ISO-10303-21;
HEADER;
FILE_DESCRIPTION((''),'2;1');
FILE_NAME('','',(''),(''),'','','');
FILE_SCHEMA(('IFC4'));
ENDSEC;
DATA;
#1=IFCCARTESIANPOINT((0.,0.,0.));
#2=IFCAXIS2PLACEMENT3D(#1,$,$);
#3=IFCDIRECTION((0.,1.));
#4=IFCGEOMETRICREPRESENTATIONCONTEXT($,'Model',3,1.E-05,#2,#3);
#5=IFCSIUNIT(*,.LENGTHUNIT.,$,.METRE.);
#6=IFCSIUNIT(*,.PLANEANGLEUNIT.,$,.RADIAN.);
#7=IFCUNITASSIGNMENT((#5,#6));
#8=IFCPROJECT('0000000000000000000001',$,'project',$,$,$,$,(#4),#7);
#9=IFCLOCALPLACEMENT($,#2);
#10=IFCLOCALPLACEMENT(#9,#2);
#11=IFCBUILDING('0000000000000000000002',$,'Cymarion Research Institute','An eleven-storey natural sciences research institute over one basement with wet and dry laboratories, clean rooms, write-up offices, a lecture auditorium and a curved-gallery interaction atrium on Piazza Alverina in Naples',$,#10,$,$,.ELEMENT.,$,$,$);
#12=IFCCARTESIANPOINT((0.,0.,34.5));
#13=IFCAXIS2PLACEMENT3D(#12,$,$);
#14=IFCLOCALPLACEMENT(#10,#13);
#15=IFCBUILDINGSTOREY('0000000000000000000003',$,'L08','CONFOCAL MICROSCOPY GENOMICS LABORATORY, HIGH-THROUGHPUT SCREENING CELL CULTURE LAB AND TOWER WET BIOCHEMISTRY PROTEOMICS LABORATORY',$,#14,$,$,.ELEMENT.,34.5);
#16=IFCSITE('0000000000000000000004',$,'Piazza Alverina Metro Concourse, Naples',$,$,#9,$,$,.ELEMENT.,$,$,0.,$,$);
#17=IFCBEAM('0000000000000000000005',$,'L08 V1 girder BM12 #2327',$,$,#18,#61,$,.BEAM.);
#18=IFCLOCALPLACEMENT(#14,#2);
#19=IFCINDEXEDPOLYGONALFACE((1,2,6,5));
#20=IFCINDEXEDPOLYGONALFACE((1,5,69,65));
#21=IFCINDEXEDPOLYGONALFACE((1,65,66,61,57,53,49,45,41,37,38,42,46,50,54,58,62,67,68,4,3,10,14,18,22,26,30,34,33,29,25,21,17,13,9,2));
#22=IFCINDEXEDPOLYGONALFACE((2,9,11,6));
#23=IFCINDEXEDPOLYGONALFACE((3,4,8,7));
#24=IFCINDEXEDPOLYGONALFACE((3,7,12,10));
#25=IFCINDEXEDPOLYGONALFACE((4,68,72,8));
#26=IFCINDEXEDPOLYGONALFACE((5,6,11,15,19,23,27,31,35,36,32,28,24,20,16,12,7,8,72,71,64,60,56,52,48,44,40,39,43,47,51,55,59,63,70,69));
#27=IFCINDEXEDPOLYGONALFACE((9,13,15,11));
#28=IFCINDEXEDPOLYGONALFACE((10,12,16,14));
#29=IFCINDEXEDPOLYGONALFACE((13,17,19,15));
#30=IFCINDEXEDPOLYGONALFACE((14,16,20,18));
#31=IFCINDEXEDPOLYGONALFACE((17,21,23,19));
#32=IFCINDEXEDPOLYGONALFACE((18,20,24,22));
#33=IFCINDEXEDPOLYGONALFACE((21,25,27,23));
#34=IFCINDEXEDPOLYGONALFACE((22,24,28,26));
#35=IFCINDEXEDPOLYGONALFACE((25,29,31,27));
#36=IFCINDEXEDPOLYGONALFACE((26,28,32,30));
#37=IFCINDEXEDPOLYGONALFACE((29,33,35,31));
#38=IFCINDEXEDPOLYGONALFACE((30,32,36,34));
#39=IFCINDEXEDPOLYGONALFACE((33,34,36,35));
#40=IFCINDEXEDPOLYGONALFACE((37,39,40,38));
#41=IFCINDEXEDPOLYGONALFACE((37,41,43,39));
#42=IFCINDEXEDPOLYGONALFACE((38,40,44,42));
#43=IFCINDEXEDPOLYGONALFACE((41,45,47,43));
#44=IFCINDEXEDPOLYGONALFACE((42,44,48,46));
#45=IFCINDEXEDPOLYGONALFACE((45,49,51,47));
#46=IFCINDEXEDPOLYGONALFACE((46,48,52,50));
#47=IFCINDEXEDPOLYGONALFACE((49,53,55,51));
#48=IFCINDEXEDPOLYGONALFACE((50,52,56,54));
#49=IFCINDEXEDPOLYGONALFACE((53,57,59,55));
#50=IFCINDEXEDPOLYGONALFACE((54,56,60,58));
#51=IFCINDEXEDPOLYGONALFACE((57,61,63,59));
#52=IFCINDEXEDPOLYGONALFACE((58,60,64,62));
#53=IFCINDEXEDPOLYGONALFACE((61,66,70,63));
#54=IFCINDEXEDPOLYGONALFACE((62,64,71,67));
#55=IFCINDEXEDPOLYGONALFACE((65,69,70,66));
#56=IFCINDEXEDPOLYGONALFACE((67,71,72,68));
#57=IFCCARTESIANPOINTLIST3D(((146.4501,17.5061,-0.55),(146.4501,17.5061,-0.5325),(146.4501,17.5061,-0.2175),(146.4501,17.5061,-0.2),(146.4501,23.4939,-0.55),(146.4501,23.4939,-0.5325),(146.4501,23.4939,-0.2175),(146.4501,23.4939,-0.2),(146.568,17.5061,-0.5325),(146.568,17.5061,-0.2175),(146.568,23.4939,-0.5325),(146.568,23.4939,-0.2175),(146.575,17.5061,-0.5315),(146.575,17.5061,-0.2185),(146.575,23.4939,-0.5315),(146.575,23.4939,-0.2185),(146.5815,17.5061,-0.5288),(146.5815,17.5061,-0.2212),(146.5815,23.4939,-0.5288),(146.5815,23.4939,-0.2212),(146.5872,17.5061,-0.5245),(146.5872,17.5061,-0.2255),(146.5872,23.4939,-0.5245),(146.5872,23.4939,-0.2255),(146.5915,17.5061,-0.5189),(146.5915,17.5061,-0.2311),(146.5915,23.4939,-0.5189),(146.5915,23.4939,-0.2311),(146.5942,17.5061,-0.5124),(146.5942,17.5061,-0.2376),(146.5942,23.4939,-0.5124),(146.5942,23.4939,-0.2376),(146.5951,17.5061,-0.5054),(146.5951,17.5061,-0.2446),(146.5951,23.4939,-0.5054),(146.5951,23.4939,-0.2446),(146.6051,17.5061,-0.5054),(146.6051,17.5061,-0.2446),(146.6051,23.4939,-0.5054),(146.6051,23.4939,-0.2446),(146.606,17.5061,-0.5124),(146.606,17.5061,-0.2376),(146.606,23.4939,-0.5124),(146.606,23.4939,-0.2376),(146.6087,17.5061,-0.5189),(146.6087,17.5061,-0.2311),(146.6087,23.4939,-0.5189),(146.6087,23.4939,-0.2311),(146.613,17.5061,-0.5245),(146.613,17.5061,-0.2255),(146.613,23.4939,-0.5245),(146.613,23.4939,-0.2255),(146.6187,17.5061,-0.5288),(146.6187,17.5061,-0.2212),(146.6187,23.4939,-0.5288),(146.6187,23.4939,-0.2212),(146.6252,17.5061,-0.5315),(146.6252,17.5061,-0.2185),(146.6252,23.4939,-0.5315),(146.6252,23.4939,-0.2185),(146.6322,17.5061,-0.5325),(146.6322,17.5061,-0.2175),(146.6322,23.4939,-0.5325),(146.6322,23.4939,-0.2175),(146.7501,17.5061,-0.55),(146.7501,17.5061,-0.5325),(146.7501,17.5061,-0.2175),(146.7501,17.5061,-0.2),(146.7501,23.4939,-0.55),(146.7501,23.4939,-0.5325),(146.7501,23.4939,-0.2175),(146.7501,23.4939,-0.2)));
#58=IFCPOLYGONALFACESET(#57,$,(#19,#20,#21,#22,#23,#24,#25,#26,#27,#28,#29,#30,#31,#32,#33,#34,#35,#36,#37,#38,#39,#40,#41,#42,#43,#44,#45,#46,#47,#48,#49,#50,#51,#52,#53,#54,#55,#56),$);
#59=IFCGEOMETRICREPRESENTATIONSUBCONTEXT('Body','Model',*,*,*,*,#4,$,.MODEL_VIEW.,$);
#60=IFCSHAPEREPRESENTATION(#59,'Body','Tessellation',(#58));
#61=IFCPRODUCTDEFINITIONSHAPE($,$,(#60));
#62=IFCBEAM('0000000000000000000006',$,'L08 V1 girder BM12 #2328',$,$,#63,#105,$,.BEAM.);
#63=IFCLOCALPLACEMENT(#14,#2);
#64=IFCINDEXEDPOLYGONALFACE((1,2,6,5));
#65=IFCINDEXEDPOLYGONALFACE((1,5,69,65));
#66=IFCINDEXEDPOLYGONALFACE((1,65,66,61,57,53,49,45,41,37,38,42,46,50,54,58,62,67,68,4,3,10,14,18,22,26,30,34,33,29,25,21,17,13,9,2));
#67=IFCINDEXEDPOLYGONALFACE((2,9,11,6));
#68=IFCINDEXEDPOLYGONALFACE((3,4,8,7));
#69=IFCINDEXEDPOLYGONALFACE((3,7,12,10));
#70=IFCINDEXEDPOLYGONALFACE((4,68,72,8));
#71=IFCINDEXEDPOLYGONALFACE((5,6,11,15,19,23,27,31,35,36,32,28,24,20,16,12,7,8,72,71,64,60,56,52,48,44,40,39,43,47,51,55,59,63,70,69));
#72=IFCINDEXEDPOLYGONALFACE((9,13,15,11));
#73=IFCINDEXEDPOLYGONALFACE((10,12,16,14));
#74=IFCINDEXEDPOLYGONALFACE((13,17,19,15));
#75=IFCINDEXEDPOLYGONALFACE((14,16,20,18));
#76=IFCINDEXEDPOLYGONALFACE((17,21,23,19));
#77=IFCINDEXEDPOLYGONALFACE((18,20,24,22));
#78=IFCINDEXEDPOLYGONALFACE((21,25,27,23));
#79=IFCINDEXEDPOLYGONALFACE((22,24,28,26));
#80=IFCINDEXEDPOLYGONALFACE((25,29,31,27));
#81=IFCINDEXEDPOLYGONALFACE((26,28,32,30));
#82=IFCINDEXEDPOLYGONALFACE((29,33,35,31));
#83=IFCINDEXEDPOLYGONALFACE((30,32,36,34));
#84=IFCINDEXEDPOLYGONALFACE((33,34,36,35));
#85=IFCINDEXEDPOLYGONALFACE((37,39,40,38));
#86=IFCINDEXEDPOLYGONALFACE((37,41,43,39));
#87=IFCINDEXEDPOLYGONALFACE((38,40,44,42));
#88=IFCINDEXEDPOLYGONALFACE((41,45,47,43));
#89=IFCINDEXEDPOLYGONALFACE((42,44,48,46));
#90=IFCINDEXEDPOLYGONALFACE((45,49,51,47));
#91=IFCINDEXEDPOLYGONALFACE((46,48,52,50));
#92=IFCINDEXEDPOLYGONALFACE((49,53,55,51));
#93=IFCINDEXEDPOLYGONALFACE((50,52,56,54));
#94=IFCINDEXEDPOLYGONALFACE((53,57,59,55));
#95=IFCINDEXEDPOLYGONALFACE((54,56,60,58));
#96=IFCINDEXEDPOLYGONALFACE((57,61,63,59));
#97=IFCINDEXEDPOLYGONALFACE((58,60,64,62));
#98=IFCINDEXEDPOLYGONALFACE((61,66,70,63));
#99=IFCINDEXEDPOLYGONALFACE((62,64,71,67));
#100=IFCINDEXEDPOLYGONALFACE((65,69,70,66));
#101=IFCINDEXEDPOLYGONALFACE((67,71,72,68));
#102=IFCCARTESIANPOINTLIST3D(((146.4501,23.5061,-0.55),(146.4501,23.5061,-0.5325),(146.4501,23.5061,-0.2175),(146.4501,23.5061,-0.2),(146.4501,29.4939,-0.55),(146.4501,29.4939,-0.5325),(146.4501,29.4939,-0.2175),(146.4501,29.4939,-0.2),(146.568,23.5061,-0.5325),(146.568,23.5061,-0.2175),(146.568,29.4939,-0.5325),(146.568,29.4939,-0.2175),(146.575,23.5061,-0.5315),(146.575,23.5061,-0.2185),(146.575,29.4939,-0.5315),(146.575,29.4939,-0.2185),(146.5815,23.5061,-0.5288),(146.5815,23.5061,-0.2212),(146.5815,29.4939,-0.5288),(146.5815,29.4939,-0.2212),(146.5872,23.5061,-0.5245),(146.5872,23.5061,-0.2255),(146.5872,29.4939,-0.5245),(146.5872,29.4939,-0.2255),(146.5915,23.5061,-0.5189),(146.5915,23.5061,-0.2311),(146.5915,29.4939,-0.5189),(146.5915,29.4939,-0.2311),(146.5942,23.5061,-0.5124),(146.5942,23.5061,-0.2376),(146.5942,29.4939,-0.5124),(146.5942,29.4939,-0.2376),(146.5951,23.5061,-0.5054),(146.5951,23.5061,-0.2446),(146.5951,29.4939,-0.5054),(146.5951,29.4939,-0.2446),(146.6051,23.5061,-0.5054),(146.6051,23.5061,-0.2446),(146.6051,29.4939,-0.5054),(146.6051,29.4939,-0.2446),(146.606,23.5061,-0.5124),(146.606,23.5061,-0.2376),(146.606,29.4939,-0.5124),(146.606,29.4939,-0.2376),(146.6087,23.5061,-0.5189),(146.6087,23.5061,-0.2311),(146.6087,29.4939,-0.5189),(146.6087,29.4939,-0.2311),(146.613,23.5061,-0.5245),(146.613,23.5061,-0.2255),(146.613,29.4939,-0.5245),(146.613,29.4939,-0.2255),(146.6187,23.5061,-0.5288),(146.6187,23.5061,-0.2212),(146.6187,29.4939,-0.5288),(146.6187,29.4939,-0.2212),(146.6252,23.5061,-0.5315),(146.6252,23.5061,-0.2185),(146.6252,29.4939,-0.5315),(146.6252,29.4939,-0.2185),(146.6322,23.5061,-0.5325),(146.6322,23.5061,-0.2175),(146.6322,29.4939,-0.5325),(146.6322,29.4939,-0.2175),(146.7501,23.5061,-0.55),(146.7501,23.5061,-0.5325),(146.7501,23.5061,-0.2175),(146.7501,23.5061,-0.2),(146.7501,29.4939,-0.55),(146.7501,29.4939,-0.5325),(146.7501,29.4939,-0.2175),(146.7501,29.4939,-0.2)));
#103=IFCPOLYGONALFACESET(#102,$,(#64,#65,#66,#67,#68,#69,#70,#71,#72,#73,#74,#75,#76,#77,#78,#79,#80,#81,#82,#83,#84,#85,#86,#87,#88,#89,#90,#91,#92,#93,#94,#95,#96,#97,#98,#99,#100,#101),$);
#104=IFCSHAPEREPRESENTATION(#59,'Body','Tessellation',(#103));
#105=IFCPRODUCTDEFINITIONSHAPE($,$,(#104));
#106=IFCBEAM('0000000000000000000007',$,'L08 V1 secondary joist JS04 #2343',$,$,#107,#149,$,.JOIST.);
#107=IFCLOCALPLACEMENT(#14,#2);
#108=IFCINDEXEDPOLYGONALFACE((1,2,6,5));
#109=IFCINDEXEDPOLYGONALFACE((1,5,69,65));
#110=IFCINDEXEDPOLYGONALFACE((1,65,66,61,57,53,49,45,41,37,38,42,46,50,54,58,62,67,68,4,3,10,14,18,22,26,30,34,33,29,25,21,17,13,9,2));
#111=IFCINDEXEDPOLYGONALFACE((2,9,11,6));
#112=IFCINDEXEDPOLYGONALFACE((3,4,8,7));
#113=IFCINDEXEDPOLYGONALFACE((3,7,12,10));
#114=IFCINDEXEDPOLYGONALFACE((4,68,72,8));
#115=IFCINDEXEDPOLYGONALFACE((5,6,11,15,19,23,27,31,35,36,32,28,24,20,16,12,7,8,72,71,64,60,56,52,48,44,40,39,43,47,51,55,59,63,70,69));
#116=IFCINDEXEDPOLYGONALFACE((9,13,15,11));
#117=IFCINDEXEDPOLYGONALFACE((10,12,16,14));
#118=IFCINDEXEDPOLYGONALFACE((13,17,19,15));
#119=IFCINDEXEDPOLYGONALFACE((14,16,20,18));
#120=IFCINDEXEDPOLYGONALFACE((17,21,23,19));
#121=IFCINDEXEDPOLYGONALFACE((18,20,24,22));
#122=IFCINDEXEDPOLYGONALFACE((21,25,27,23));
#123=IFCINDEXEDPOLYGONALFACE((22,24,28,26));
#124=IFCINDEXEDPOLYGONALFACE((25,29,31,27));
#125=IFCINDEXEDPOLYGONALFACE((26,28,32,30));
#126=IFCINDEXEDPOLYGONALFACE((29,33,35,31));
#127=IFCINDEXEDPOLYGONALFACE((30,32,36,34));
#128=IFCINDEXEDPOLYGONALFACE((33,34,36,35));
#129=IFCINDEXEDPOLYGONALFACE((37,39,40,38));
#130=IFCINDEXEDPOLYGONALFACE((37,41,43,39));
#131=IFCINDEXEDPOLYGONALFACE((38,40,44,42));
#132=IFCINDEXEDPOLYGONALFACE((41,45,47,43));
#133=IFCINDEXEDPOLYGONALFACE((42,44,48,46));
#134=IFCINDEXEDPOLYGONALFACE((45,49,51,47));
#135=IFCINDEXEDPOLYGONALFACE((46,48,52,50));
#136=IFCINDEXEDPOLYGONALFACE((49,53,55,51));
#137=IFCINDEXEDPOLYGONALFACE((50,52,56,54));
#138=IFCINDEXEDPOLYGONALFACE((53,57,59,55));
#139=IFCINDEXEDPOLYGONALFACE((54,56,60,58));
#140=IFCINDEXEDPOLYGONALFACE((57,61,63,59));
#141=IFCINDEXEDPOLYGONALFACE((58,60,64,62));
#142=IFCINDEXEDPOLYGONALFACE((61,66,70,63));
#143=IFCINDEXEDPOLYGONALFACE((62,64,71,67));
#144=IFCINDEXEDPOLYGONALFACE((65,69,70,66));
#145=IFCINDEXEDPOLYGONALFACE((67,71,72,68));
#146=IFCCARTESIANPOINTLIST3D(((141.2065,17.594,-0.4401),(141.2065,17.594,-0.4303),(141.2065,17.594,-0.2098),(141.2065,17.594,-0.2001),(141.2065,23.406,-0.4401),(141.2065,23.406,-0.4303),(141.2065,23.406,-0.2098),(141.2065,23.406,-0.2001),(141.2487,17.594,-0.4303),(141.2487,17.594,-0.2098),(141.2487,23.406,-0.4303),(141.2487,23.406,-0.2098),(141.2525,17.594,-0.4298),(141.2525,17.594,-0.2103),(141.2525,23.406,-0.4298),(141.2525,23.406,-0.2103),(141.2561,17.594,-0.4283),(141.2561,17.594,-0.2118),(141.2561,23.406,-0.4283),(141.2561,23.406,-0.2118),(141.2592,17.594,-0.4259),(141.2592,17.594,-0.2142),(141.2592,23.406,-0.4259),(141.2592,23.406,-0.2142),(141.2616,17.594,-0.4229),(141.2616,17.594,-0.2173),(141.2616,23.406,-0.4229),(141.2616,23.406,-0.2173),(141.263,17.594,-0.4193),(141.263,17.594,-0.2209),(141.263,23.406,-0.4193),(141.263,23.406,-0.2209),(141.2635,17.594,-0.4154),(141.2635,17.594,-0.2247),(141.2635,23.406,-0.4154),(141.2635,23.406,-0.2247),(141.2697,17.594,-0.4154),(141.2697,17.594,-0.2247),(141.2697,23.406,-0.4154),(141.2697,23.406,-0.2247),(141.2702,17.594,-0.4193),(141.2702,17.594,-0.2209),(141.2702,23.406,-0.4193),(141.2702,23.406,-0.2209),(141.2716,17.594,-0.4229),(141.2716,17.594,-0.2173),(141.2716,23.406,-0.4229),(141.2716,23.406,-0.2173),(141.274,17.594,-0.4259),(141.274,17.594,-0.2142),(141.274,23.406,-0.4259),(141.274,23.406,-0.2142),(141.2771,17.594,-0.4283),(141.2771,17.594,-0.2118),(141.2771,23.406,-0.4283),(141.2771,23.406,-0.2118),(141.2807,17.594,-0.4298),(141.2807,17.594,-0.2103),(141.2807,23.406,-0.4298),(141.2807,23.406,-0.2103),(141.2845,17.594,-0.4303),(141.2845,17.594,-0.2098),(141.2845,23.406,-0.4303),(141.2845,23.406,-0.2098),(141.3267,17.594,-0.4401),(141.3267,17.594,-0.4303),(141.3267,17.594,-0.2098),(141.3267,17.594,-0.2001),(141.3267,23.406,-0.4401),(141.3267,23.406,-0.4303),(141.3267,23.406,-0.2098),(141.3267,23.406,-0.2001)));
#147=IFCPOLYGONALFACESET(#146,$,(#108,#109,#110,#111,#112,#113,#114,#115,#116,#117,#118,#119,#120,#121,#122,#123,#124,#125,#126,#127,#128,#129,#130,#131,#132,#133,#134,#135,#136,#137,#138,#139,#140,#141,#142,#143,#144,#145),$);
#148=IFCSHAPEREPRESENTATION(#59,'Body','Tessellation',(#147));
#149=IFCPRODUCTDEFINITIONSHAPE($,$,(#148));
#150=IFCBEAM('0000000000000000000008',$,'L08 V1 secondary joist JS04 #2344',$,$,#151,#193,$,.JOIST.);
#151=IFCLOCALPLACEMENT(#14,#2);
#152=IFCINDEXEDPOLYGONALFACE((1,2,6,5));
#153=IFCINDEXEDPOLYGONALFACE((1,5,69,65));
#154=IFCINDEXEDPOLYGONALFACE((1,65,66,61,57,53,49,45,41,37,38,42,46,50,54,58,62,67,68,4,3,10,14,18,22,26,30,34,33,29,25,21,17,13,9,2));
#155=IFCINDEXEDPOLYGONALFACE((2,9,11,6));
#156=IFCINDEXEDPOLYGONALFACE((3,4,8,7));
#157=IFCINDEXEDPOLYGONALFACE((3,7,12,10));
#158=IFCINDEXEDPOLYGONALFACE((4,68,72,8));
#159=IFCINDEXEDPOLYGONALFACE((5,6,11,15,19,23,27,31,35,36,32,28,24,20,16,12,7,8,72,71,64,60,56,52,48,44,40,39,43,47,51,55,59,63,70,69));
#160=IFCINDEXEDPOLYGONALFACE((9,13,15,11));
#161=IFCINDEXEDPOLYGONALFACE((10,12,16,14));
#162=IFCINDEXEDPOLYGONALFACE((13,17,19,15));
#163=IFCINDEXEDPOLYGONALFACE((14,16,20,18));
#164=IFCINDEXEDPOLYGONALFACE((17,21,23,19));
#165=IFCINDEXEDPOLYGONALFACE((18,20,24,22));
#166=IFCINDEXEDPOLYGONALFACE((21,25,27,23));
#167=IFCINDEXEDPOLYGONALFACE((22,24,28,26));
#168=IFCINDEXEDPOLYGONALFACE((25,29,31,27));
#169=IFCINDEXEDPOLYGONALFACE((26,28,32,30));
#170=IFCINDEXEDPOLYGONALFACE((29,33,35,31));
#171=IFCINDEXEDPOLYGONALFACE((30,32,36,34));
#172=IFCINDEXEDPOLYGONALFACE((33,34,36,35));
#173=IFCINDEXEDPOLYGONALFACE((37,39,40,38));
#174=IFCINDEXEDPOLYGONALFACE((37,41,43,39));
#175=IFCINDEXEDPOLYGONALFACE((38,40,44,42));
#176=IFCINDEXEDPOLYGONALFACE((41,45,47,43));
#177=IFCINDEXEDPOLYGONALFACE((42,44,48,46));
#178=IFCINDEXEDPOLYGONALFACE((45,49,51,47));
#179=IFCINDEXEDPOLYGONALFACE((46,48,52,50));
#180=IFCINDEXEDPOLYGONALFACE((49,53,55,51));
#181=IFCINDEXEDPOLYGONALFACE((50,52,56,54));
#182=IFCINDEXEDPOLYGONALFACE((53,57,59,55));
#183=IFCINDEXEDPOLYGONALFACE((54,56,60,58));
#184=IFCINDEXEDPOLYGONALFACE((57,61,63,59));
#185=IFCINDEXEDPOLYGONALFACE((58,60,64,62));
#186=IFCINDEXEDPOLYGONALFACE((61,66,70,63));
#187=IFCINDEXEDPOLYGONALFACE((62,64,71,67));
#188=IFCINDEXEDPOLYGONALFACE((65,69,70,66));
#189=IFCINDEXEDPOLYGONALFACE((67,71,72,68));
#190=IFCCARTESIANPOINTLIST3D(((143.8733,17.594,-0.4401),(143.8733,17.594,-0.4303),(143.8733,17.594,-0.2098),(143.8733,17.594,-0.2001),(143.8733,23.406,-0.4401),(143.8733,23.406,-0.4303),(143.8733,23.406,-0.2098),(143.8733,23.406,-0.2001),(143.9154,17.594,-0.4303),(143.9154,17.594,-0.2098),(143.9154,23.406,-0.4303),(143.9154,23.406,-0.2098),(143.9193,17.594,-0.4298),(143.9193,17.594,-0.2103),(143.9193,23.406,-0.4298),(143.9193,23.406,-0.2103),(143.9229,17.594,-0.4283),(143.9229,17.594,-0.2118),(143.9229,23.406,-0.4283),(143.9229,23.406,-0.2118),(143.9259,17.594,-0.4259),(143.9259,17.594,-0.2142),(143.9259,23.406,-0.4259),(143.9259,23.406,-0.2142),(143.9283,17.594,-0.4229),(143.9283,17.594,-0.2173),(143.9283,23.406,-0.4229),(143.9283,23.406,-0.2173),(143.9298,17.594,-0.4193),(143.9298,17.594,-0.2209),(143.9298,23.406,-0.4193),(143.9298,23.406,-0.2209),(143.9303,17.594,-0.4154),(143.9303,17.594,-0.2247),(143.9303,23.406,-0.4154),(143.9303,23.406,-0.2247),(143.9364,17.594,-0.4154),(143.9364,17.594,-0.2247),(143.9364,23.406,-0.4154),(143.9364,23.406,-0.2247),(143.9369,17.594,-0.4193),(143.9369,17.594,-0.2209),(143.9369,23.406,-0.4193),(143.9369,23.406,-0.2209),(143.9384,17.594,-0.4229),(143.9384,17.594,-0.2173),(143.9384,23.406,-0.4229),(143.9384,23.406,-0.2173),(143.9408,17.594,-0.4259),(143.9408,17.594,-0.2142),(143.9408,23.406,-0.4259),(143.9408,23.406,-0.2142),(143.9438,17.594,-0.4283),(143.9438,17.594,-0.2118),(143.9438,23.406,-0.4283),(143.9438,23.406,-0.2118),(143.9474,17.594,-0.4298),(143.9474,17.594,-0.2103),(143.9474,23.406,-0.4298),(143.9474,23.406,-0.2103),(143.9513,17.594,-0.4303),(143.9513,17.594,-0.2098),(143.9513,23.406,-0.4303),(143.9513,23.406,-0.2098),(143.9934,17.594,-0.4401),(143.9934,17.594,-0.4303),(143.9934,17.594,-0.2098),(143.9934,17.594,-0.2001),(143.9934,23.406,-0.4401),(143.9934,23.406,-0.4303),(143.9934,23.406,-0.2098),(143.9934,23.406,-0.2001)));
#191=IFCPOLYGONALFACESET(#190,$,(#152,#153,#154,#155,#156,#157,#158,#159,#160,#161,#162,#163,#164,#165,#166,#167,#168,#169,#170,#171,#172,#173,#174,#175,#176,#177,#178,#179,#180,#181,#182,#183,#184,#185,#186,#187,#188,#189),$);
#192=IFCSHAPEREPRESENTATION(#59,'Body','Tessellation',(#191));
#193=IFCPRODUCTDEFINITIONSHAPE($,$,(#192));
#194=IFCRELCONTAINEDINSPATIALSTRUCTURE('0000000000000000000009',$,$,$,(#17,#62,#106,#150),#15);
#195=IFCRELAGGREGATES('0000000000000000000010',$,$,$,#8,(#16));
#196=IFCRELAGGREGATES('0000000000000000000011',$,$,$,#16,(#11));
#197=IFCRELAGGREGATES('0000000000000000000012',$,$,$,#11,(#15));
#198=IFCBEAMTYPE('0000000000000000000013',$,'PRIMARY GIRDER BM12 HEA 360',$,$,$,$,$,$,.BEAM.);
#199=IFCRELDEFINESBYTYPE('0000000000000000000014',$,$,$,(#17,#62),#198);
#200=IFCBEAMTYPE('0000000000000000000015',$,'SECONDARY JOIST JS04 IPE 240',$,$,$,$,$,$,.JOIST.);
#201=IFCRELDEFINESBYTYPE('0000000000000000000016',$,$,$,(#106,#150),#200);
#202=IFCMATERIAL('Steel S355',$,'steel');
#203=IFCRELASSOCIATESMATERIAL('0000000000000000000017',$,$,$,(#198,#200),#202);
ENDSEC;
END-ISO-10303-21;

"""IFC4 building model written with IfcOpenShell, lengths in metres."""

from ifc_helpers import new_model, si_unit, direction, frame, origin, origin_2d, place, context, subcontext, project, spatial, i_section, extrude, material, material_profile, profile_set, type_object, element, save


model = new_model("IFC4")

# Units and contexts
model_context = context("Model", 3, precision=1e-05, world=origin(), true_north=direction((0.0, 1.0)))
body_context = subcontext(model_context, "Body", "Model", "MODEL_VIEW")
ifc_project = project(units=[si_unit("LENGTHUNIT", "METRE"), si_unit("PLANEANGLEUNIT", "RADIAN")], contexts=[model_context])

# Site, building, storey
site_placement = place(None, origin())
site = spatial("IfcSite", under=ifc_project, at=site_placement, Name="Piazza Alverina Metro Concourse, Naples", CompositionType="ELEMENT", RefElevation=0.0)
building_placement = place(site_placement, origin())
building = spatial("IfcBuilding", under=site, at=building_placement, Name="Cymarion Research Institute", Description="An eleven-storey natural sciences research institute over one basement with wet and dry laboratories, clean rooms, write-up offices, a lecture auditorium and a curved-gallery interaction atrium on Piazza Alverina in Naples", CompositionType="ELEMENT")
storey_placement = place(building_placement, frame((0.0, 0.0, 34.5)))
storey = spatial("IfcBuildingStorey", under=building, at=storey_placement, Name="L08", Description="CONFOCAL MICROSCOPY GENOMICS LABORATORY, HIGH-THROUGHPUT SCREENING CELL CULTURE LAB AND TOWER WET BIOCHEMISTRY PROTEOMICS LABORATORY", CompositionType="ELEMENT", Elevation=34.5)

# Shared definitions
ifc_material_1 = material(Name="Steel S355", Category="steel")

# Beams
ifc_material_profile_1 = material_profile(ifc_material_1, i_section(OverallWidth=0.3, OverallDepth=0.3501, WebThickness=0.01, FlangeThickness=0.0176, FilletRadius=0.0271, at=origin_2d()), Name="HEA 360")
ifc_profile_set_1 = profile_set([ifc_material_profile_1], Name="Steel S355")
beam_type_1 = type_object("IfcBeamType", Name="PRIMARY GIRDER BM12 HEA 360", PredefinedType="BEAM", material=ifc_profile_set_1)
for number, where, z_axis, x_axis, name in (
    (1, (146.6001, 17.5061, -0.375), (0.0, 1.0, 0.0), (-1.0, 0.0, 0.0), "L08 V1 girder BM12 #2327"),
    (2, (146.6001, 23.5061, -0.375), (0.0, 1.0, 0.0), (-1.0, 0.0, 0.0), "L08 V1 girder BM12 #2328"),
):
    element("IfcBeam", number, at=place(storey_placement, frame(where, z_axis=z_axis, x_axis=x_axis)), inside=storey, type_object=beam_type_1, Name=name, PredefinedType="BEAM", context=body_context, shape_type="SweptSolid", body=[
        extrude(i_section(OverallWidth=0.3, OverallDepth=0.3501, WebThickness=0.01, FlangeThickness=0.0176, FilletRadius=0.0271, at=origin_2d()), origin(), (0.0, 0.0, 1.0), 5.9878),
    ])
ifc_material_profile_2 = material_profile(ifc_material_1, i_section(OverallWidth=0.1201, OverallDepth=0.24, WebThickness=0.0061, FlangeThickness=0.0098, FilletRadius=0.0149, at=origin_2d()), Name="IPE 240")
ifc_profile_set_2 = profile_set([ifc_material_profile_2], Name="Steel S355")
beam_type_2 = type_object("IfcBeamType", Name="SECONDARY JOIST JS04 IPE 240", PredefinedType="JOIST", material=ifc_profile_set_2)
for number, where, z_axis, x_axis, name in (
    (3, (141.2666, 17.594, -0.3201), (0.0, 1.0, 0.0), (-1.0, 0.0, 0.0), "L08 V1 secondary joist JS04 #2343"),
    (4, (143.9333, 17.594, -0.3201), (0.0, 1.0, 0.0), (-1.0, 0.0, 0.0), "L08 V1 secondary joist JS04 #2344"),
):
    element("IfcBeam", number, at=place(storey_placement, frame(where, z_axis=z_axis, x_axis=x_axis)), inside=storey, type_object=beam_type_2, Name=name, PredefinedType="JOIST", context=body_context, shape_type="SweptSolid", body=[
        extrude(i_section(OverallWidth=0.1201, OverallDepth=0.24, WebThickness=0.0061, FlangeThickness=0.0098, FilletRadius=0.0149, at=origin_2d()), origin(), (0.0, 0.0, 1.0), 5.812),
    ])

save(model, "model.ifc")
